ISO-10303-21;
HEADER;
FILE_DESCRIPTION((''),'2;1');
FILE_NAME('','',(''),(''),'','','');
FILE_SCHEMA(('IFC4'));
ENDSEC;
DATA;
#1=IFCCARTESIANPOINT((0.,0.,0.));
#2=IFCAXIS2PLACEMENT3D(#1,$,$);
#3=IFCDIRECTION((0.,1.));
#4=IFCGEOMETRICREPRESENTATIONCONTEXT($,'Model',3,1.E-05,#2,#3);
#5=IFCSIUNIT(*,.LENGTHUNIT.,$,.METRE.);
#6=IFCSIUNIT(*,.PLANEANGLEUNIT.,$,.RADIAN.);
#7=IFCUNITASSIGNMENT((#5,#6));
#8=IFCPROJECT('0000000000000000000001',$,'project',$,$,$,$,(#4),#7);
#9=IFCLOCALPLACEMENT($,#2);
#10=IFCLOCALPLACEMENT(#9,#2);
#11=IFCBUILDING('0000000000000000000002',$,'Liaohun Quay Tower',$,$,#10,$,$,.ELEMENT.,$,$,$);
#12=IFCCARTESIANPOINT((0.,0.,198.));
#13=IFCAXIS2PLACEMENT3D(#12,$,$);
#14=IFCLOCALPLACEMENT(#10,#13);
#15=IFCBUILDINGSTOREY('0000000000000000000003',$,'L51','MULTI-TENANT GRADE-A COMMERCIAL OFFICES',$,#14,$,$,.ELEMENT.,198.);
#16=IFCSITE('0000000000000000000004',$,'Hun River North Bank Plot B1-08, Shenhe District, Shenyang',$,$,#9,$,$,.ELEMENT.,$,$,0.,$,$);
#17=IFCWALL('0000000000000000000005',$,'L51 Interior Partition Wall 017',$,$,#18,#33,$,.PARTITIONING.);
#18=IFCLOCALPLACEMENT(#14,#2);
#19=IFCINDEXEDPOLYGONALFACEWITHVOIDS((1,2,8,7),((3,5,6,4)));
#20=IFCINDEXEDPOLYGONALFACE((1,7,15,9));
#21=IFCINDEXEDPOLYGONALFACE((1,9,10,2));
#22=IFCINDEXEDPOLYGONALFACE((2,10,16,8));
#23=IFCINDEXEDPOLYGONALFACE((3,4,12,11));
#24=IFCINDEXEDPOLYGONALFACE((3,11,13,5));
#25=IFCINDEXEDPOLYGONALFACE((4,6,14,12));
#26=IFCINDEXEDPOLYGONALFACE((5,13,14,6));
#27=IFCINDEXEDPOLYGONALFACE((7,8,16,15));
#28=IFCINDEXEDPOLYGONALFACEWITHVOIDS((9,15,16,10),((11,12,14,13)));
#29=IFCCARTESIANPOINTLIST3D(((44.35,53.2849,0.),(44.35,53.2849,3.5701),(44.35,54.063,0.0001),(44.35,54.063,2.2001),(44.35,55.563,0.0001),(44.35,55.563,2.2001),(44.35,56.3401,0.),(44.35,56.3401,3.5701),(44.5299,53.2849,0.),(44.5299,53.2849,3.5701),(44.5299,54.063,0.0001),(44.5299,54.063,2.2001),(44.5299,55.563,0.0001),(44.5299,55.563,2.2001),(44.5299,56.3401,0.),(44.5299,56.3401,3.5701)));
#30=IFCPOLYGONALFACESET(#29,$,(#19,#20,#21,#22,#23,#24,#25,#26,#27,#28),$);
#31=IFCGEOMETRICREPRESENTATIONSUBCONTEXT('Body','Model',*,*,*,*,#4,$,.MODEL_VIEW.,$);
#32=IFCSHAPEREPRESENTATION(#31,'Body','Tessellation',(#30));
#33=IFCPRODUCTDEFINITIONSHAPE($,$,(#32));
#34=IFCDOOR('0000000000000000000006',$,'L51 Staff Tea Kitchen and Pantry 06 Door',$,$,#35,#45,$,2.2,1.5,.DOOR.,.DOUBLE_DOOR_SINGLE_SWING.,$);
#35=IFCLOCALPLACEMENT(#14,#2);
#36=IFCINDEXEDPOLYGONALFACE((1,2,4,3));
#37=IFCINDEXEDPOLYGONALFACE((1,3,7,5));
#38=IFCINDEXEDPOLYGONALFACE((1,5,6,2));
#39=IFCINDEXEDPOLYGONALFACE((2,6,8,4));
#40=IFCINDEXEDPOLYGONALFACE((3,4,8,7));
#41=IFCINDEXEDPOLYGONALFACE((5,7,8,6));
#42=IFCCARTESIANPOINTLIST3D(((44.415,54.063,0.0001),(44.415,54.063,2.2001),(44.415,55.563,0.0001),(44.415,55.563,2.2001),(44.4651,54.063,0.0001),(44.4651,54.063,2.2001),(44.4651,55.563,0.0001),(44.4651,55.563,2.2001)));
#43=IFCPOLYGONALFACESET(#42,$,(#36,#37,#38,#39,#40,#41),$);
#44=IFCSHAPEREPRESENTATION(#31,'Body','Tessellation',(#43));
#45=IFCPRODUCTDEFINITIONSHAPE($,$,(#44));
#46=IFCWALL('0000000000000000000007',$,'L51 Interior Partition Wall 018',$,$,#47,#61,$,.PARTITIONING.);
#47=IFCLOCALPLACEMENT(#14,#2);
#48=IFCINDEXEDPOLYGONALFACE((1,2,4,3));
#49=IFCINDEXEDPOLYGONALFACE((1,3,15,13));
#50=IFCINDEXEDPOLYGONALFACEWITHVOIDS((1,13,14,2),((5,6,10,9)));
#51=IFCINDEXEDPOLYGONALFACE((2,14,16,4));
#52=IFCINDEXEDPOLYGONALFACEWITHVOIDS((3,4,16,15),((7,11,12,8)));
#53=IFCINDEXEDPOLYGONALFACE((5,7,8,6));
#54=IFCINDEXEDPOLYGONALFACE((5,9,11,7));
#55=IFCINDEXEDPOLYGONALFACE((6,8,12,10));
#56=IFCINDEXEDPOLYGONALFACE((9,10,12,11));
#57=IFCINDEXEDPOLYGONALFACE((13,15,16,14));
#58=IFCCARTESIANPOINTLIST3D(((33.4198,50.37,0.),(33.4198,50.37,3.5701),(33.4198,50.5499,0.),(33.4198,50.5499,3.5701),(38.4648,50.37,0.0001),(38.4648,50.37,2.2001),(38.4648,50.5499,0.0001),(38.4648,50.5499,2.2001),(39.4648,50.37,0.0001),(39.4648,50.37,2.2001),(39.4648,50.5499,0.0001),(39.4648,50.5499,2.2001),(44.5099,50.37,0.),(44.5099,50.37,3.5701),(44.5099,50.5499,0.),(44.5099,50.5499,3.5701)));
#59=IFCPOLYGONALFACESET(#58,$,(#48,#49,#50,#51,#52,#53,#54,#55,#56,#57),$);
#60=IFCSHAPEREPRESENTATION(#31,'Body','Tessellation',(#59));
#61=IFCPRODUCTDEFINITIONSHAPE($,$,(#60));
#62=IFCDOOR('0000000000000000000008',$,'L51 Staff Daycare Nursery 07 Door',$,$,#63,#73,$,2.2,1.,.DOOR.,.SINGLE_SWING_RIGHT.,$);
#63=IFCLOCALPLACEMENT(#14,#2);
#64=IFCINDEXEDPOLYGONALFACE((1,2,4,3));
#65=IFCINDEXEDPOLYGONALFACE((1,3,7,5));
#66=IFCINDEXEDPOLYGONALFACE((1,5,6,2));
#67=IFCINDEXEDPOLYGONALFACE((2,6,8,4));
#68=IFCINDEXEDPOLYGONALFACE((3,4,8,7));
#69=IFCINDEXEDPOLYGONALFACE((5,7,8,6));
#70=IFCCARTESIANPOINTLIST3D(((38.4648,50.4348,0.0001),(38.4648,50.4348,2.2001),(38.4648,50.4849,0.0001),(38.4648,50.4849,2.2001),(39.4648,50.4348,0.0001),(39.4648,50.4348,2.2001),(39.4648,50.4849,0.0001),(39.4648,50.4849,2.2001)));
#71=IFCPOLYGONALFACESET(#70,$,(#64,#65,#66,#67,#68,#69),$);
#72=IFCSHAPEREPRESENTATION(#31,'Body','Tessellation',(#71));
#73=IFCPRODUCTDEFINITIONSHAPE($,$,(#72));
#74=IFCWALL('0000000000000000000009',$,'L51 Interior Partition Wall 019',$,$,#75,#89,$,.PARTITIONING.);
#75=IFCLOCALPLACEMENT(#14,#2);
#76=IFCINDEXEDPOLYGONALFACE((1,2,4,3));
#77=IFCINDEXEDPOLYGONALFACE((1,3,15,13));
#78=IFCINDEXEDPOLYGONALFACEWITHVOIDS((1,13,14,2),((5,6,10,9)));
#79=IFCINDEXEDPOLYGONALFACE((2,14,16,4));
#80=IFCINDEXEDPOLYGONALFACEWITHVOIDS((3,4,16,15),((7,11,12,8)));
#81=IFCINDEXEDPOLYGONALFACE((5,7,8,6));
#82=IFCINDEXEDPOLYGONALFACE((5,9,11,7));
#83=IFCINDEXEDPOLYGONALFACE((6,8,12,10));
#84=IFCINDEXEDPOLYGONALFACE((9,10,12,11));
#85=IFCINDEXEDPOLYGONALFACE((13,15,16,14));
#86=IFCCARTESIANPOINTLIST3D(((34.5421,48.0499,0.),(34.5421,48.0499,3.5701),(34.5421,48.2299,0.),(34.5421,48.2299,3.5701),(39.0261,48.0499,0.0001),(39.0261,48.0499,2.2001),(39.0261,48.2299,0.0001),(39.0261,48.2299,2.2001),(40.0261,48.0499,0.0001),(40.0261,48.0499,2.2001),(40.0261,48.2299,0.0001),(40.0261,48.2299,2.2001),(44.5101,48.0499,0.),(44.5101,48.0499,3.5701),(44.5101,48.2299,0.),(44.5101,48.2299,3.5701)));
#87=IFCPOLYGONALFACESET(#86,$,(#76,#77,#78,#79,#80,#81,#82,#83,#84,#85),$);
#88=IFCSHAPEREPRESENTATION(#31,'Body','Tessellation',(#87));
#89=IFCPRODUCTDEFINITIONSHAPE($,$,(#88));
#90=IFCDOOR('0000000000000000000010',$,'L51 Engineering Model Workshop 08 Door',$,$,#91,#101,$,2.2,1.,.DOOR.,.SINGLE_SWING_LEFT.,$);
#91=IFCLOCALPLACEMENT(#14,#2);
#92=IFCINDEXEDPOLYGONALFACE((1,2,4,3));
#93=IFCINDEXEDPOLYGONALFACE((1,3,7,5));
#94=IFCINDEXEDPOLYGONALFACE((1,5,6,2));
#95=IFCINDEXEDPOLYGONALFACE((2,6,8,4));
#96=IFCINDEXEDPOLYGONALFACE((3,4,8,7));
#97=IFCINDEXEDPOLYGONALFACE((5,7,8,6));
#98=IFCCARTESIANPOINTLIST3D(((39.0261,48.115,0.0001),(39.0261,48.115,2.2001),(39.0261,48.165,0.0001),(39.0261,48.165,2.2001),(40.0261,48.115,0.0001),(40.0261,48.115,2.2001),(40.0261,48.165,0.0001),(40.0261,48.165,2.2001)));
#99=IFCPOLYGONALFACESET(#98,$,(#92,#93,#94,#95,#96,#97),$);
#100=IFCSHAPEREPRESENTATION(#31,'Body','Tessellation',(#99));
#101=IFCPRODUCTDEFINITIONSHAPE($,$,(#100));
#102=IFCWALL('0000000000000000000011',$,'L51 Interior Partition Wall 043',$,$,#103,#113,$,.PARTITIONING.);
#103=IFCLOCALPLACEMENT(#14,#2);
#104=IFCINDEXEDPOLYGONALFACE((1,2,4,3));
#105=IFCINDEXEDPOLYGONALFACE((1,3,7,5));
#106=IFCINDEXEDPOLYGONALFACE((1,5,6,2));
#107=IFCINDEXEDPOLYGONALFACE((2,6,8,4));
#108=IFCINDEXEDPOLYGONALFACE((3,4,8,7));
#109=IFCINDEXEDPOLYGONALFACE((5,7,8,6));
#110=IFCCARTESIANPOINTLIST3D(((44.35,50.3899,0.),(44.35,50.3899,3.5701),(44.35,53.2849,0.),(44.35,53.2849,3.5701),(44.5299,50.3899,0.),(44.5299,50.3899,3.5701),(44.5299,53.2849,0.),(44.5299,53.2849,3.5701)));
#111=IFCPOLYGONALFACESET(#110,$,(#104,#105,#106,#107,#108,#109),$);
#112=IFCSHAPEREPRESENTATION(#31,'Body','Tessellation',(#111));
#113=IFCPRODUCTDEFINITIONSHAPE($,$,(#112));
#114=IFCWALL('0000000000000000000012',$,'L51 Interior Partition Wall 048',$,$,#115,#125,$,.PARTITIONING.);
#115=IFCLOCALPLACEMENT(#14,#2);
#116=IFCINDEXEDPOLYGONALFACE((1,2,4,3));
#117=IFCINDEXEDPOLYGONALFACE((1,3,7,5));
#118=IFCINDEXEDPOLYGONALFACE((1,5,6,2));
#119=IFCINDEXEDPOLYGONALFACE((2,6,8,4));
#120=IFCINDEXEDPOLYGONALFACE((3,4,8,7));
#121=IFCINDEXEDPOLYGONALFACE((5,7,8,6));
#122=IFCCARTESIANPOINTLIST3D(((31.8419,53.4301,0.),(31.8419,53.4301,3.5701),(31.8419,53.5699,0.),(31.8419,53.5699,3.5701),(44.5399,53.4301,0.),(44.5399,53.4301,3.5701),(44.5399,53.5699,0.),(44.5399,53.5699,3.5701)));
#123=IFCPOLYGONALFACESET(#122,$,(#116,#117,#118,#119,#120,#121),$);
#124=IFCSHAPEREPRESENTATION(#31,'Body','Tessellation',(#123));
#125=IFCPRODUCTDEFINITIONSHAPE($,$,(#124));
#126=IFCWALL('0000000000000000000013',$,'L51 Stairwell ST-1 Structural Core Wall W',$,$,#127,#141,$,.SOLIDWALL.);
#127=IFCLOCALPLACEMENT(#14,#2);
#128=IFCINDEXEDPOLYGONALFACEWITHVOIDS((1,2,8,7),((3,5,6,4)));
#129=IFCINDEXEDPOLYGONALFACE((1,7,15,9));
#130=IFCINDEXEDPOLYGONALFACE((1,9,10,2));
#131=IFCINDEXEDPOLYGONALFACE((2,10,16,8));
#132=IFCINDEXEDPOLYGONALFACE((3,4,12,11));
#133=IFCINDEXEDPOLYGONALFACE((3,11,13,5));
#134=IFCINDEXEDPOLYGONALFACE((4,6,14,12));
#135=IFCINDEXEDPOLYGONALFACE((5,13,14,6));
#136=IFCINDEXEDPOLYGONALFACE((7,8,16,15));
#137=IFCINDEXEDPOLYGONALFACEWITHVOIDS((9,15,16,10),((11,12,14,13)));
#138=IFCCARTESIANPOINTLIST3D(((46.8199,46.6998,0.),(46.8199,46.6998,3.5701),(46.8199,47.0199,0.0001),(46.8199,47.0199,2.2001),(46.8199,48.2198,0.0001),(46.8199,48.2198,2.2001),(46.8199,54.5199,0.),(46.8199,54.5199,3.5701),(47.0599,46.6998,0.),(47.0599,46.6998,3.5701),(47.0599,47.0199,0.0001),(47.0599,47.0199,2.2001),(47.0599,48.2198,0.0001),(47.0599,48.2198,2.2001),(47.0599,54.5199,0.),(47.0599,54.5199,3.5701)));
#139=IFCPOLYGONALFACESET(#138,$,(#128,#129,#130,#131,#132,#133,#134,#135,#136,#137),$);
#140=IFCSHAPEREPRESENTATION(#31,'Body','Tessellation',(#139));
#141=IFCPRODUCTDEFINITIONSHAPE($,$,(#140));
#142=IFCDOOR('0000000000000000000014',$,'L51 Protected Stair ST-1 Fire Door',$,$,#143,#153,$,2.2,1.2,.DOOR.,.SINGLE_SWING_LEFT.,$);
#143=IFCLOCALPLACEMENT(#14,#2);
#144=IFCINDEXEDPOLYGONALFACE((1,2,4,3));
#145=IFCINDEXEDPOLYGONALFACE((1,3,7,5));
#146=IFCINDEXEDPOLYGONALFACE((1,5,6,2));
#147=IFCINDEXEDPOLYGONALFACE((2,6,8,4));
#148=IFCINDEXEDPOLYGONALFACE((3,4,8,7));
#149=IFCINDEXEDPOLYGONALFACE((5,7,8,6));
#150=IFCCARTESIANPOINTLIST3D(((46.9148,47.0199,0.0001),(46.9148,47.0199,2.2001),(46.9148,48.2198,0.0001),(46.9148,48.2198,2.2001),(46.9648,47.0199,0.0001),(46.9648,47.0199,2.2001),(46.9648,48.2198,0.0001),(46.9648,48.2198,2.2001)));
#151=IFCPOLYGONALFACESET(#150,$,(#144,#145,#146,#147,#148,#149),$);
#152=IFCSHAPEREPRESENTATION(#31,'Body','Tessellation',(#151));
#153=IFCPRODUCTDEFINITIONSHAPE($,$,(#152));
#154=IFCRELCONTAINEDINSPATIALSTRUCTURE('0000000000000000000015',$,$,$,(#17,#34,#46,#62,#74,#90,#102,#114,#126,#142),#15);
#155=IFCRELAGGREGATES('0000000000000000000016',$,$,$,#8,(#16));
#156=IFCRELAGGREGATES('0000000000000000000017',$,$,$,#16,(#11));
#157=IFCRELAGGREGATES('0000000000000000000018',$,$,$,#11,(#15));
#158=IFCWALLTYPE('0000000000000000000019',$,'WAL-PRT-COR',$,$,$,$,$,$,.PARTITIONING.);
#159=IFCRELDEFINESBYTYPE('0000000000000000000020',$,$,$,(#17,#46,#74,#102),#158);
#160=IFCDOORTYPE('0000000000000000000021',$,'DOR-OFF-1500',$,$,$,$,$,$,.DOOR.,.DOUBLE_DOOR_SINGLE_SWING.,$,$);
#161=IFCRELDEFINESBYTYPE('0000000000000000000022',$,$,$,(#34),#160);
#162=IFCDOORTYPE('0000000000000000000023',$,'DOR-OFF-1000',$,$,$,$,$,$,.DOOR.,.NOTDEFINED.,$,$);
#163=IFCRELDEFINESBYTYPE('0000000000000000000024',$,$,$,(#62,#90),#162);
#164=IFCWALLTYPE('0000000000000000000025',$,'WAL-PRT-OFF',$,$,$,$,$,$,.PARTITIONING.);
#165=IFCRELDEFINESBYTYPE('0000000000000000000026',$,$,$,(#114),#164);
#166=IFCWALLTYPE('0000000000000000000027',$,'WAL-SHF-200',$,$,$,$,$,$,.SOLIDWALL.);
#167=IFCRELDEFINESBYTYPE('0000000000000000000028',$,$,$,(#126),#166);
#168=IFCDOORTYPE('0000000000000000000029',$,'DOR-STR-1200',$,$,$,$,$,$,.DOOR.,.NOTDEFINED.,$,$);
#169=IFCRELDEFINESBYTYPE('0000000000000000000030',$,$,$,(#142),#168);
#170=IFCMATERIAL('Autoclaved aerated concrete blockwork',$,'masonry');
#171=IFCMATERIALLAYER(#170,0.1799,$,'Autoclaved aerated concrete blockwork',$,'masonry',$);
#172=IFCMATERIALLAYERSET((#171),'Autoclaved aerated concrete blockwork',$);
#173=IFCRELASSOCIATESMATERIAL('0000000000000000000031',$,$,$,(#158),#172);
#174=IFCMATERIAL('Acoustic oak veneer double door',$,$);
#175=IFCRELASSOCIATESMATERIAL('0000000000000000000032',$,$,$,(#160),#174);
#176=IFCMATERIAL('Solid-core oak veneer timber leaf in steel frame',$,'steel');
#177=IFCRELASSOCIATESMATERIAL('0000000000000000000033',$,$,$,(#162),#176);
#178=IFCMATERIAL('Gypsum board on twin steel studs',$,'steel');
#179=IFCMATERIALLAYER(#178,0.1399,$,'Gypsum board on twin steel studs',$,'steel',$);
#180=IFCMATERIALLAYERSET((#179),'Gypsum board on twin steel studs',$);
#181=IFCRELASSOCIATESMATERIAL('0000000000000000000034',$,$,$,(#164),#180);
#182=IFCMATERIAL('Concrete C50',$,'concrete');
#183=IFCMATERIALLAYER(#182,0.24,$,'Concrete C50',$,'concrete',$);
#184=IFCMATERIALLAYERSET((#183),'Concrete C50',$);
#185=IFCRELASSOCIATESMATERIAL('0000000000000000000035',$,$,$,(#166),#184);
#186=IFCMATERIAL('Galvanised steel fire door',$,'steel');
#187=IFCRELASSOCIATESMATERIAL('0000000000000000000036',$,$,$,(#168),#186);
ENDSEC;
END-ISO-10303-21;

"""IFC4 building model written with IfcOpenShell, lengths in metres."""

from ifc_helpers import new_model, si_unit, direction, frame, frame_2d, origin, place, context, subcontext, project, spatial, rectangle, extrude, source, transform, mapped, material, layer, layer_set, type_object, element, fill, save


model = new_model("IFC4")

# Units and contexts
model_context = context("Model", 3, precision=1e-05, world=origin(), true_north=direction((0.0, 1.0)))
body_context = subcontext(model_context, "Body", "Model", "MODEL_VIEW")
ifc_project = project(units=[si_unit("LENGTHUNIT", "METRE"), si_unit("PLANEANGLEUNIT", "RADIAN")], contexts=[model_context])

# Site, building, storey
site_placement = place(None, origin())
site = spatial("IfcSite", under=ifc_project, at=site_placement, Name="Hun River North Bank Plot B1-08, Shenhe District, Shenyang", CompositionType="ELEMENT", RefElevation=0.0)
building_placement = place(site_placement, origin())
building = spatial("IfcBuilding", under=site, at=building_placement, Name="Liaohun Quay Tower", CompositionType="ELEMENT")
storey_placement = place(building_placement, frame((0.0, 0.0, 198.0)))
storey = spatial("IfcBuildingStorey", under=building, at=storey_placement, Name="L51", Description="MULTI-TENANT GRADE-A COMMERCIAL OFFICES", CompositionType="ELEMENT", Elevation=198.0)

# Walls, openings, doors
ifc_material_1 = material(Name="Autoclaved aerated concrete blockwork", Category="masonry")
ifc_layer_1 = layer(ifc_material_1, 0.1799, Name="Autoclaved aerated concrete blockwork", Category="masonry")
ifc_layer_set_1 = layer_set([ifc_layer_1], Name="Autoclaved aerated concrete blockwork")
wall_type_1 = type_object("IfcWallType", Name="WAL-PRT-COR", PredefinedType="PARTITIONING", material=ifc_layer_set_1)
wall_1_placement = place(storey_placement, frame((44.4399, 53.2849, 0.0), z_axis=(0.0, 0.0, 1.0), x_axis=(0.0, 1.0, 0.0)))
wall_1 = element("IfcWall", 1, at=wall_1_placement, inside=storey, type_object=wall_type_1, Name="L51 Interior Partition Wall 017", PredefinedType="PARTITIONING", context=body_context, shape_type="SweptSolid", body=[
    extrude(rectangle(XDim=3.0552, YDim=0.1799, at=frame_2d((1.5276, 0.0))), origin(), (0.0, 0.0, 1.0), 3.5701),
])
shared_shape_1 = source(origin(), body_context, "Body", "SweptSolid", [
    extrude(rectangle(XDim=1.5, YDim=2.2, at=frame_2d((0.75, 1.1001))), frame((0.0, 0.0999, 0.0), z_axis=(0.0, -1.0, 0.0), x_axis=(1.0, 0.0, 0.0)), (0.0, 0.0, 1.0), 0.2),
])
opening_1_placement = place(wall_1_placement, frame((0.7781, 0.0, 0.0)))
opening_1 = element("IfcOpeningElement", 2, at=opening_1_placement, cuts=wall_1, PredefinedType="OPENING", context=body_context, shape_type="MappedRepresentation", body=[
    mapped(shared_shape_1, transform((0.0, 0.0, 0.0), x_axis=(1.0, 0.0, 0.0), y_axis=(0.0, 1.0, 0.0), z_axis=(0.0, 0.0, 1.0), scale=1.0)),
])
ifc_material_2 = material(Name="Acoustic oak veneer double door")
door_type_1 = type_object("IfcDoorType", Name="DOR-OFF-1500", OperationType="DOUBLE_DOOR_SINGLE_SWING", PredefinedType="DOOR", material=ifc_material_2)
shared_shape_2 = source(origin(), body_context, "Body", "SweptSolid", [
    extrude(rectangle(XDim=1.5, YDim=2.2, at=frame_2d((0.75, 1.1001))), frame((0.0, 0.0249, 0.0), z_axis=(0.0, -1.0, 0.0), x_axis=(1.0, 0.0, 0.0)), (0.0, 0.0, 1.0), 0.05),
])
door_1_placement = place(opening_1_placement, origin())
door_1 = element("IfcDoor", 3, at=door_1_placement, inside=storey, type_object=door_type_1, Name="L51 Staff Tea Kitchen and Pantry 06 Door", OperationType="DOUBLE_DOOR_SINGLE_SWING", OverallHeight=2.2, OverallWidth=1.5, PredefinedType="DOOR", context=body_context, shape_type="MappedRepresentation", body=[
    mapped(shared_shape_2, transform((0.0, 0.0, 0.0), x_axis=(1.0, 0.0, 0.0), y_axis=(0.0, 1.0, 0.0), z_axis=(0.0, 0.0, 1.0), scale=1.0)),
])
fill(opening_1, door_1)
wall_2_placement = place(storey_placement, frame((33.4199, 50.46, 0.0), z_axis=(0.0, 0.0, 1.0), x_axis=(1.0, 0.0, 0.0)))
wall_2 = element("IfcWall", 4, at=wall_2_placement, inside=storey, type_object=wall_type_1, Name="L51 Interior Partition Wall 018", PredefinedType="PARTITIONING", context=body_context, shape_type="SweptSolid", body=[
    extrude(rectangle(XDim=11.0901, YDim=0.1799, at=frame_2d((5.5449, 0.0))), origin(), (0.0, 0.0, 1.0), 3.5701),
])
shared_shape_3 = source(origin(), body_context, "Body", "SweptSolid", [
    extrude(rectangle(XDim=1.0, YDim=2.2, at=frame_2d((0.5, 1.1001))), frame((0.0, 0.0999, 0.0), z_axis=(0.0, -1.0, 0.0), x_axis=(1.0, 0.0, 0.0)), (0.0, 0.0, 1.0), 0.2),
])
opening_2_placement = place(wall_2_placement, frame((5.0449, 0.0, 0.0)))
opening_2 = element("IfcOpeningElement", 5, at=opening_2_placement, cuts=wall_2, PredefinedType="OPENING", context=body_context, shape_type="MappedRepresentation", body=[
    mapped(shared_shape_3, transform((0.0, 0.0, 0.0), x_axis=(1.0, 0.0, 0.0), y_axis=(0.0, 1.0, 0.0), z_axis=(0.0, 0.0, 1.0), scale=1.0)),
])
ifc_material_3 = material(Name="Solid-core oak veneer timber leaf in steel frame", Category="steel")
door_type_2 = type_object("IfcDoorType", Name="DOR-OFF-1000", OperationType="NOTDEFINED", PredefinedType="DOOR", material=ifc_material_3)
shared_shape_4 = source(origin(), body_context, "Body", "SweptSolid", [
    extrude(rectangle(XDim=1.0, YDim=2.2, at=frame_2d((0.5, 1.1001))), frame((0.0, 0.0249, 0.0), z_axis=(0.0, -1.0, 0.0), x_axis=(1.0, 0.0, 0.0)), (0.0, 0.0, 1.0), 0.05),
])
door_2_placement = place(opening_2_placement, origin())
door_2 = element("IfcDoor", 6, at=door_2_placement, inside=storey, type_object=door_type_2, Name="L51 Staff Daycare Nursery 07 Door", OperationType="SINGLE_SWING_RIGHT", OverallHeight=2.2, OverallWidth=1.0, PredefinedType="DOOR", context=body_context, shape_type="MappedRepresentation", body=[
    mapped(shared_shape_4, transform((0.0, 0.0, 0.0), x_axis=(1.0, 0.0, 0.0), y_axis=(0.0, 1.0, 0.0), z_axis=(0.0, 0.0, 1.0), scale=1.0)),
])
fill(opening_2, door_2)
wall_3_placement = place(storey_placement, frame((44.51, 48.1399, 0.0), z_axis=(0.0, 0.0, 1.0), x_axis=(-1.0, 0.0, 0.0)))
wall_3 = element("IfcWall", 7, at=wall_3_placement, inside=storey, type_object=wall_type_1, Name="L51 Interior Partition Wall 019", PredefinedType="PARTITIONING", context=body_context, shape_type="SweptSolid", body=[
    extrude(rectangle(XDim=9.968, YDim=0.1799, at=frame_2d((4.9839, 0.0))), origin(), (0.0, 0.0, 1.0), 3.5701),
])
opening_3_placement = place(wall_3_placement, frame((4.4839, 0.0, 0.0)))
opening_3 = element("IfcOpeningElement", 8, at=opening_3_placement, cuts=wall_3, PredefinedType="OPENING", context=body_context, shape_type="MappedRepresentation", body=[
    mapped(shared_shape_3, transform((0.0, 0.0, 0.0), x_axis=(1.0, 0.0, 0.0), y_axis=(0.0, 1.0, 0.0), z_axis=(0.0, 0.0, 1.0), scale=1.0)),
])
door_3_placement = place(opening_3_placement, origin())
door_3 = element("IfcDoor", 9, at=door_3_placement, inside=storey, type_object=door_type_2, Name="L51 Engineering Model Workshop 08 Door", OperationType="SINGLE_SWING_LEFT", OverallHeight=2.2, OverallWidth=1.0, PredefinedType="DOOR", context=body_context, shape_type="MappedRepresentation", body=[
    mapped(shared_shape_4, transform((0.0, 0.0, 0.0), x_axis=(1.0, 0.0, 0.0), y_axis=(0.0, 1.0, 0.0), z_axis=(0.0, 0.0, 1.0), scale=1.0)),
])
fill(opening_3, door_3)

# Walls
wall_4_placement = place(storey_placement, frame((44.4399, 50.3899, 0.0), z_axis=(0.0, 0.0, 1.0), x_axis=(0.0, 1.0, 0.0)))
element("IfcWall", 10, at=wall_4_placement, inside=storey, type_object=wall_type_1, Name="L51 Interior Partition Wall 043", PredefinedType="PARTITIONING", context=body_context, shape_type="SweptSolid", body=[
    extrude(rectangle(XDim=2.895, YDim=0.1799, at=frame_2d((1.4475, 0.0))), origin(), (0.0, 0.0, 1.0), 3.5701),
])
ifc_material_4 = material(Name="Gypsum board on twin steel studs", Category="steel")
ifc_layer_2 = layer(ifc_material_4, 0.1399, Name="Gypsum board on twin steel studs", Category="steel")
ifc_layer_set_2 = layer_set([ifc_layer_2], Name="Gypsum board on twin steel studs")
wall_type_2 = type_object("IfcWallType", Name="WAL-PRT-OFF", PredefinedType="PARTITIONING", material=ifc_layer_set_2)
wall_5_placement = place(storey_placement, frame((44.54, 53.5, 0.0), z_axis=(0.0, 0.0, 1.0), x_axis=(-1.0, 0.0, 0.0)))
element("IfcWall", 11, at=wall_5_placement, inside=storey, type_object=wall_type_2, Name="L51 Interior Partition Wall 048", PredefinedType="PARTITIONING", context=body_context, shape_type="SweptSolid", body=[
    extrude(rectangle(XDim=12.698, YDim=0.1399, at=frame_2d((6.3491, 0.0))), origin(), (0.0, 0.0, 1.0), 3.5701),
])

# Wall, opening, door
ifc_material_5 = material(Name="Concrete C50", Category="concrete")
ifc_layer_3 = layer(ifc_material_5, 0.24, Name="Concrete C50", Category="concrete")
ifc_layer_set_3 = layer_set([ifc_layer_3], Name="Concrete C50")
wall_type_3 = type_object("IfcWallType", Name="WAL-SHF-200", PredefinedType="SOLIDWALL", material=ifc_layer_set_3)
wall_6_placement = place(storey_placement, frame((46.9399, 54.52, 0.0), z_axis=(0.0, 0.0, 1.0), x_axis=(0.0, -1.0, 0.0)))
wall_6 = element("IfcWall", 12, at=wall_6_placement, inside=storey, type_object=wall_type_3, Name="L51 Stairwell ST-1 Structural Core Wall W", PredefinedType="SOLIDWALL", context=body_context, shape_type="SweptSolid", body=[
    extrude(rectangle(XDim=7.8201, YDim=0.24, at=frame_2d((3.9102, 0.0))), origin(), (0.0, 0.0, 1.0), 3.5701),
])
shared_shape_5 = source(origin(), body_context, "Body", "SweptSolid", [
    extrude(rectangle(XDim=1.2, YDim=2.2, at=frame_2d((0.6001, 1.1001))), frame((0.0, 0.1299, 0.0), z_axis=(0.0, -1.0, 0.0), x_axis=(1.0, 0.0, 0.0)), (0.0, 0.0, 1.0), 0.26),
])
opening_4_placement = place(wall_6_placement, frame((6.3, 0.0, 0.0)))
opening_4 = element("IfcOpeningElement", 13, at=opening_4_placement, cuts=wall_6, PredefinedType="OPENING", context=body_context, shape_type="MappedRepresentation", body=[
    mapped(shared_shape_5, transform((0.0, 0.0, 0.0), x_axis=(1.0, 0.0, 0.0), y_axis=(0.0, 1.0, 0.0), z_axis=(0.0, 0.0, 1.0), scale=1.0)),
])
ifc_material_6 = material(Name="Galvanised steel fire door", Category="steel")
door_type_3 = type_object("IfcDoorType", Name="DOR-STR-1200", OperationType="NOTDEFINED", PredefinedType="DOOR", material=ifc_material_6)
shared_shape_6 = source(origin(), body_context, "Body", "SweptSolid", [
    extrude(rectangle(XDim=1.2, YDim=2.2, at=frame_2d((0.6001, 1.1001))), frame((0.0, 0.0249, 0.0), z_axis=(0.0, -1.0, 0.0), x_axis=(1.0, 0.0, 0.0)), (0.0, 0.0, 1.0), 0.05),
])
door_4_placement = place(opening_4_placement, origin())
door_4 = element("IfcDoor", 14, at=door_4_placement, inside=storey, type_object=door_type_3, Name="L51 Protected Stair ST-1 Fire Door", OperationType="SINGLE_SWING_LEFT", OverallHeight=2.2, OverallWidth=1.2, PredefinedType="DOOR", context=body_context, shape_type="MappedRepresentation", body=[
    mapped(shared_shape_6, transform((0.0, 0.0, 0.0), x_axis=(1.0, 0.0, 0.0), y_axis=(0.0, 1.0, 0.0), z_axis=(0.0, 0.0, 1.0), scale=1.0)),
])
fill(opening_4, door_4)

save(model, "model.ifc")
